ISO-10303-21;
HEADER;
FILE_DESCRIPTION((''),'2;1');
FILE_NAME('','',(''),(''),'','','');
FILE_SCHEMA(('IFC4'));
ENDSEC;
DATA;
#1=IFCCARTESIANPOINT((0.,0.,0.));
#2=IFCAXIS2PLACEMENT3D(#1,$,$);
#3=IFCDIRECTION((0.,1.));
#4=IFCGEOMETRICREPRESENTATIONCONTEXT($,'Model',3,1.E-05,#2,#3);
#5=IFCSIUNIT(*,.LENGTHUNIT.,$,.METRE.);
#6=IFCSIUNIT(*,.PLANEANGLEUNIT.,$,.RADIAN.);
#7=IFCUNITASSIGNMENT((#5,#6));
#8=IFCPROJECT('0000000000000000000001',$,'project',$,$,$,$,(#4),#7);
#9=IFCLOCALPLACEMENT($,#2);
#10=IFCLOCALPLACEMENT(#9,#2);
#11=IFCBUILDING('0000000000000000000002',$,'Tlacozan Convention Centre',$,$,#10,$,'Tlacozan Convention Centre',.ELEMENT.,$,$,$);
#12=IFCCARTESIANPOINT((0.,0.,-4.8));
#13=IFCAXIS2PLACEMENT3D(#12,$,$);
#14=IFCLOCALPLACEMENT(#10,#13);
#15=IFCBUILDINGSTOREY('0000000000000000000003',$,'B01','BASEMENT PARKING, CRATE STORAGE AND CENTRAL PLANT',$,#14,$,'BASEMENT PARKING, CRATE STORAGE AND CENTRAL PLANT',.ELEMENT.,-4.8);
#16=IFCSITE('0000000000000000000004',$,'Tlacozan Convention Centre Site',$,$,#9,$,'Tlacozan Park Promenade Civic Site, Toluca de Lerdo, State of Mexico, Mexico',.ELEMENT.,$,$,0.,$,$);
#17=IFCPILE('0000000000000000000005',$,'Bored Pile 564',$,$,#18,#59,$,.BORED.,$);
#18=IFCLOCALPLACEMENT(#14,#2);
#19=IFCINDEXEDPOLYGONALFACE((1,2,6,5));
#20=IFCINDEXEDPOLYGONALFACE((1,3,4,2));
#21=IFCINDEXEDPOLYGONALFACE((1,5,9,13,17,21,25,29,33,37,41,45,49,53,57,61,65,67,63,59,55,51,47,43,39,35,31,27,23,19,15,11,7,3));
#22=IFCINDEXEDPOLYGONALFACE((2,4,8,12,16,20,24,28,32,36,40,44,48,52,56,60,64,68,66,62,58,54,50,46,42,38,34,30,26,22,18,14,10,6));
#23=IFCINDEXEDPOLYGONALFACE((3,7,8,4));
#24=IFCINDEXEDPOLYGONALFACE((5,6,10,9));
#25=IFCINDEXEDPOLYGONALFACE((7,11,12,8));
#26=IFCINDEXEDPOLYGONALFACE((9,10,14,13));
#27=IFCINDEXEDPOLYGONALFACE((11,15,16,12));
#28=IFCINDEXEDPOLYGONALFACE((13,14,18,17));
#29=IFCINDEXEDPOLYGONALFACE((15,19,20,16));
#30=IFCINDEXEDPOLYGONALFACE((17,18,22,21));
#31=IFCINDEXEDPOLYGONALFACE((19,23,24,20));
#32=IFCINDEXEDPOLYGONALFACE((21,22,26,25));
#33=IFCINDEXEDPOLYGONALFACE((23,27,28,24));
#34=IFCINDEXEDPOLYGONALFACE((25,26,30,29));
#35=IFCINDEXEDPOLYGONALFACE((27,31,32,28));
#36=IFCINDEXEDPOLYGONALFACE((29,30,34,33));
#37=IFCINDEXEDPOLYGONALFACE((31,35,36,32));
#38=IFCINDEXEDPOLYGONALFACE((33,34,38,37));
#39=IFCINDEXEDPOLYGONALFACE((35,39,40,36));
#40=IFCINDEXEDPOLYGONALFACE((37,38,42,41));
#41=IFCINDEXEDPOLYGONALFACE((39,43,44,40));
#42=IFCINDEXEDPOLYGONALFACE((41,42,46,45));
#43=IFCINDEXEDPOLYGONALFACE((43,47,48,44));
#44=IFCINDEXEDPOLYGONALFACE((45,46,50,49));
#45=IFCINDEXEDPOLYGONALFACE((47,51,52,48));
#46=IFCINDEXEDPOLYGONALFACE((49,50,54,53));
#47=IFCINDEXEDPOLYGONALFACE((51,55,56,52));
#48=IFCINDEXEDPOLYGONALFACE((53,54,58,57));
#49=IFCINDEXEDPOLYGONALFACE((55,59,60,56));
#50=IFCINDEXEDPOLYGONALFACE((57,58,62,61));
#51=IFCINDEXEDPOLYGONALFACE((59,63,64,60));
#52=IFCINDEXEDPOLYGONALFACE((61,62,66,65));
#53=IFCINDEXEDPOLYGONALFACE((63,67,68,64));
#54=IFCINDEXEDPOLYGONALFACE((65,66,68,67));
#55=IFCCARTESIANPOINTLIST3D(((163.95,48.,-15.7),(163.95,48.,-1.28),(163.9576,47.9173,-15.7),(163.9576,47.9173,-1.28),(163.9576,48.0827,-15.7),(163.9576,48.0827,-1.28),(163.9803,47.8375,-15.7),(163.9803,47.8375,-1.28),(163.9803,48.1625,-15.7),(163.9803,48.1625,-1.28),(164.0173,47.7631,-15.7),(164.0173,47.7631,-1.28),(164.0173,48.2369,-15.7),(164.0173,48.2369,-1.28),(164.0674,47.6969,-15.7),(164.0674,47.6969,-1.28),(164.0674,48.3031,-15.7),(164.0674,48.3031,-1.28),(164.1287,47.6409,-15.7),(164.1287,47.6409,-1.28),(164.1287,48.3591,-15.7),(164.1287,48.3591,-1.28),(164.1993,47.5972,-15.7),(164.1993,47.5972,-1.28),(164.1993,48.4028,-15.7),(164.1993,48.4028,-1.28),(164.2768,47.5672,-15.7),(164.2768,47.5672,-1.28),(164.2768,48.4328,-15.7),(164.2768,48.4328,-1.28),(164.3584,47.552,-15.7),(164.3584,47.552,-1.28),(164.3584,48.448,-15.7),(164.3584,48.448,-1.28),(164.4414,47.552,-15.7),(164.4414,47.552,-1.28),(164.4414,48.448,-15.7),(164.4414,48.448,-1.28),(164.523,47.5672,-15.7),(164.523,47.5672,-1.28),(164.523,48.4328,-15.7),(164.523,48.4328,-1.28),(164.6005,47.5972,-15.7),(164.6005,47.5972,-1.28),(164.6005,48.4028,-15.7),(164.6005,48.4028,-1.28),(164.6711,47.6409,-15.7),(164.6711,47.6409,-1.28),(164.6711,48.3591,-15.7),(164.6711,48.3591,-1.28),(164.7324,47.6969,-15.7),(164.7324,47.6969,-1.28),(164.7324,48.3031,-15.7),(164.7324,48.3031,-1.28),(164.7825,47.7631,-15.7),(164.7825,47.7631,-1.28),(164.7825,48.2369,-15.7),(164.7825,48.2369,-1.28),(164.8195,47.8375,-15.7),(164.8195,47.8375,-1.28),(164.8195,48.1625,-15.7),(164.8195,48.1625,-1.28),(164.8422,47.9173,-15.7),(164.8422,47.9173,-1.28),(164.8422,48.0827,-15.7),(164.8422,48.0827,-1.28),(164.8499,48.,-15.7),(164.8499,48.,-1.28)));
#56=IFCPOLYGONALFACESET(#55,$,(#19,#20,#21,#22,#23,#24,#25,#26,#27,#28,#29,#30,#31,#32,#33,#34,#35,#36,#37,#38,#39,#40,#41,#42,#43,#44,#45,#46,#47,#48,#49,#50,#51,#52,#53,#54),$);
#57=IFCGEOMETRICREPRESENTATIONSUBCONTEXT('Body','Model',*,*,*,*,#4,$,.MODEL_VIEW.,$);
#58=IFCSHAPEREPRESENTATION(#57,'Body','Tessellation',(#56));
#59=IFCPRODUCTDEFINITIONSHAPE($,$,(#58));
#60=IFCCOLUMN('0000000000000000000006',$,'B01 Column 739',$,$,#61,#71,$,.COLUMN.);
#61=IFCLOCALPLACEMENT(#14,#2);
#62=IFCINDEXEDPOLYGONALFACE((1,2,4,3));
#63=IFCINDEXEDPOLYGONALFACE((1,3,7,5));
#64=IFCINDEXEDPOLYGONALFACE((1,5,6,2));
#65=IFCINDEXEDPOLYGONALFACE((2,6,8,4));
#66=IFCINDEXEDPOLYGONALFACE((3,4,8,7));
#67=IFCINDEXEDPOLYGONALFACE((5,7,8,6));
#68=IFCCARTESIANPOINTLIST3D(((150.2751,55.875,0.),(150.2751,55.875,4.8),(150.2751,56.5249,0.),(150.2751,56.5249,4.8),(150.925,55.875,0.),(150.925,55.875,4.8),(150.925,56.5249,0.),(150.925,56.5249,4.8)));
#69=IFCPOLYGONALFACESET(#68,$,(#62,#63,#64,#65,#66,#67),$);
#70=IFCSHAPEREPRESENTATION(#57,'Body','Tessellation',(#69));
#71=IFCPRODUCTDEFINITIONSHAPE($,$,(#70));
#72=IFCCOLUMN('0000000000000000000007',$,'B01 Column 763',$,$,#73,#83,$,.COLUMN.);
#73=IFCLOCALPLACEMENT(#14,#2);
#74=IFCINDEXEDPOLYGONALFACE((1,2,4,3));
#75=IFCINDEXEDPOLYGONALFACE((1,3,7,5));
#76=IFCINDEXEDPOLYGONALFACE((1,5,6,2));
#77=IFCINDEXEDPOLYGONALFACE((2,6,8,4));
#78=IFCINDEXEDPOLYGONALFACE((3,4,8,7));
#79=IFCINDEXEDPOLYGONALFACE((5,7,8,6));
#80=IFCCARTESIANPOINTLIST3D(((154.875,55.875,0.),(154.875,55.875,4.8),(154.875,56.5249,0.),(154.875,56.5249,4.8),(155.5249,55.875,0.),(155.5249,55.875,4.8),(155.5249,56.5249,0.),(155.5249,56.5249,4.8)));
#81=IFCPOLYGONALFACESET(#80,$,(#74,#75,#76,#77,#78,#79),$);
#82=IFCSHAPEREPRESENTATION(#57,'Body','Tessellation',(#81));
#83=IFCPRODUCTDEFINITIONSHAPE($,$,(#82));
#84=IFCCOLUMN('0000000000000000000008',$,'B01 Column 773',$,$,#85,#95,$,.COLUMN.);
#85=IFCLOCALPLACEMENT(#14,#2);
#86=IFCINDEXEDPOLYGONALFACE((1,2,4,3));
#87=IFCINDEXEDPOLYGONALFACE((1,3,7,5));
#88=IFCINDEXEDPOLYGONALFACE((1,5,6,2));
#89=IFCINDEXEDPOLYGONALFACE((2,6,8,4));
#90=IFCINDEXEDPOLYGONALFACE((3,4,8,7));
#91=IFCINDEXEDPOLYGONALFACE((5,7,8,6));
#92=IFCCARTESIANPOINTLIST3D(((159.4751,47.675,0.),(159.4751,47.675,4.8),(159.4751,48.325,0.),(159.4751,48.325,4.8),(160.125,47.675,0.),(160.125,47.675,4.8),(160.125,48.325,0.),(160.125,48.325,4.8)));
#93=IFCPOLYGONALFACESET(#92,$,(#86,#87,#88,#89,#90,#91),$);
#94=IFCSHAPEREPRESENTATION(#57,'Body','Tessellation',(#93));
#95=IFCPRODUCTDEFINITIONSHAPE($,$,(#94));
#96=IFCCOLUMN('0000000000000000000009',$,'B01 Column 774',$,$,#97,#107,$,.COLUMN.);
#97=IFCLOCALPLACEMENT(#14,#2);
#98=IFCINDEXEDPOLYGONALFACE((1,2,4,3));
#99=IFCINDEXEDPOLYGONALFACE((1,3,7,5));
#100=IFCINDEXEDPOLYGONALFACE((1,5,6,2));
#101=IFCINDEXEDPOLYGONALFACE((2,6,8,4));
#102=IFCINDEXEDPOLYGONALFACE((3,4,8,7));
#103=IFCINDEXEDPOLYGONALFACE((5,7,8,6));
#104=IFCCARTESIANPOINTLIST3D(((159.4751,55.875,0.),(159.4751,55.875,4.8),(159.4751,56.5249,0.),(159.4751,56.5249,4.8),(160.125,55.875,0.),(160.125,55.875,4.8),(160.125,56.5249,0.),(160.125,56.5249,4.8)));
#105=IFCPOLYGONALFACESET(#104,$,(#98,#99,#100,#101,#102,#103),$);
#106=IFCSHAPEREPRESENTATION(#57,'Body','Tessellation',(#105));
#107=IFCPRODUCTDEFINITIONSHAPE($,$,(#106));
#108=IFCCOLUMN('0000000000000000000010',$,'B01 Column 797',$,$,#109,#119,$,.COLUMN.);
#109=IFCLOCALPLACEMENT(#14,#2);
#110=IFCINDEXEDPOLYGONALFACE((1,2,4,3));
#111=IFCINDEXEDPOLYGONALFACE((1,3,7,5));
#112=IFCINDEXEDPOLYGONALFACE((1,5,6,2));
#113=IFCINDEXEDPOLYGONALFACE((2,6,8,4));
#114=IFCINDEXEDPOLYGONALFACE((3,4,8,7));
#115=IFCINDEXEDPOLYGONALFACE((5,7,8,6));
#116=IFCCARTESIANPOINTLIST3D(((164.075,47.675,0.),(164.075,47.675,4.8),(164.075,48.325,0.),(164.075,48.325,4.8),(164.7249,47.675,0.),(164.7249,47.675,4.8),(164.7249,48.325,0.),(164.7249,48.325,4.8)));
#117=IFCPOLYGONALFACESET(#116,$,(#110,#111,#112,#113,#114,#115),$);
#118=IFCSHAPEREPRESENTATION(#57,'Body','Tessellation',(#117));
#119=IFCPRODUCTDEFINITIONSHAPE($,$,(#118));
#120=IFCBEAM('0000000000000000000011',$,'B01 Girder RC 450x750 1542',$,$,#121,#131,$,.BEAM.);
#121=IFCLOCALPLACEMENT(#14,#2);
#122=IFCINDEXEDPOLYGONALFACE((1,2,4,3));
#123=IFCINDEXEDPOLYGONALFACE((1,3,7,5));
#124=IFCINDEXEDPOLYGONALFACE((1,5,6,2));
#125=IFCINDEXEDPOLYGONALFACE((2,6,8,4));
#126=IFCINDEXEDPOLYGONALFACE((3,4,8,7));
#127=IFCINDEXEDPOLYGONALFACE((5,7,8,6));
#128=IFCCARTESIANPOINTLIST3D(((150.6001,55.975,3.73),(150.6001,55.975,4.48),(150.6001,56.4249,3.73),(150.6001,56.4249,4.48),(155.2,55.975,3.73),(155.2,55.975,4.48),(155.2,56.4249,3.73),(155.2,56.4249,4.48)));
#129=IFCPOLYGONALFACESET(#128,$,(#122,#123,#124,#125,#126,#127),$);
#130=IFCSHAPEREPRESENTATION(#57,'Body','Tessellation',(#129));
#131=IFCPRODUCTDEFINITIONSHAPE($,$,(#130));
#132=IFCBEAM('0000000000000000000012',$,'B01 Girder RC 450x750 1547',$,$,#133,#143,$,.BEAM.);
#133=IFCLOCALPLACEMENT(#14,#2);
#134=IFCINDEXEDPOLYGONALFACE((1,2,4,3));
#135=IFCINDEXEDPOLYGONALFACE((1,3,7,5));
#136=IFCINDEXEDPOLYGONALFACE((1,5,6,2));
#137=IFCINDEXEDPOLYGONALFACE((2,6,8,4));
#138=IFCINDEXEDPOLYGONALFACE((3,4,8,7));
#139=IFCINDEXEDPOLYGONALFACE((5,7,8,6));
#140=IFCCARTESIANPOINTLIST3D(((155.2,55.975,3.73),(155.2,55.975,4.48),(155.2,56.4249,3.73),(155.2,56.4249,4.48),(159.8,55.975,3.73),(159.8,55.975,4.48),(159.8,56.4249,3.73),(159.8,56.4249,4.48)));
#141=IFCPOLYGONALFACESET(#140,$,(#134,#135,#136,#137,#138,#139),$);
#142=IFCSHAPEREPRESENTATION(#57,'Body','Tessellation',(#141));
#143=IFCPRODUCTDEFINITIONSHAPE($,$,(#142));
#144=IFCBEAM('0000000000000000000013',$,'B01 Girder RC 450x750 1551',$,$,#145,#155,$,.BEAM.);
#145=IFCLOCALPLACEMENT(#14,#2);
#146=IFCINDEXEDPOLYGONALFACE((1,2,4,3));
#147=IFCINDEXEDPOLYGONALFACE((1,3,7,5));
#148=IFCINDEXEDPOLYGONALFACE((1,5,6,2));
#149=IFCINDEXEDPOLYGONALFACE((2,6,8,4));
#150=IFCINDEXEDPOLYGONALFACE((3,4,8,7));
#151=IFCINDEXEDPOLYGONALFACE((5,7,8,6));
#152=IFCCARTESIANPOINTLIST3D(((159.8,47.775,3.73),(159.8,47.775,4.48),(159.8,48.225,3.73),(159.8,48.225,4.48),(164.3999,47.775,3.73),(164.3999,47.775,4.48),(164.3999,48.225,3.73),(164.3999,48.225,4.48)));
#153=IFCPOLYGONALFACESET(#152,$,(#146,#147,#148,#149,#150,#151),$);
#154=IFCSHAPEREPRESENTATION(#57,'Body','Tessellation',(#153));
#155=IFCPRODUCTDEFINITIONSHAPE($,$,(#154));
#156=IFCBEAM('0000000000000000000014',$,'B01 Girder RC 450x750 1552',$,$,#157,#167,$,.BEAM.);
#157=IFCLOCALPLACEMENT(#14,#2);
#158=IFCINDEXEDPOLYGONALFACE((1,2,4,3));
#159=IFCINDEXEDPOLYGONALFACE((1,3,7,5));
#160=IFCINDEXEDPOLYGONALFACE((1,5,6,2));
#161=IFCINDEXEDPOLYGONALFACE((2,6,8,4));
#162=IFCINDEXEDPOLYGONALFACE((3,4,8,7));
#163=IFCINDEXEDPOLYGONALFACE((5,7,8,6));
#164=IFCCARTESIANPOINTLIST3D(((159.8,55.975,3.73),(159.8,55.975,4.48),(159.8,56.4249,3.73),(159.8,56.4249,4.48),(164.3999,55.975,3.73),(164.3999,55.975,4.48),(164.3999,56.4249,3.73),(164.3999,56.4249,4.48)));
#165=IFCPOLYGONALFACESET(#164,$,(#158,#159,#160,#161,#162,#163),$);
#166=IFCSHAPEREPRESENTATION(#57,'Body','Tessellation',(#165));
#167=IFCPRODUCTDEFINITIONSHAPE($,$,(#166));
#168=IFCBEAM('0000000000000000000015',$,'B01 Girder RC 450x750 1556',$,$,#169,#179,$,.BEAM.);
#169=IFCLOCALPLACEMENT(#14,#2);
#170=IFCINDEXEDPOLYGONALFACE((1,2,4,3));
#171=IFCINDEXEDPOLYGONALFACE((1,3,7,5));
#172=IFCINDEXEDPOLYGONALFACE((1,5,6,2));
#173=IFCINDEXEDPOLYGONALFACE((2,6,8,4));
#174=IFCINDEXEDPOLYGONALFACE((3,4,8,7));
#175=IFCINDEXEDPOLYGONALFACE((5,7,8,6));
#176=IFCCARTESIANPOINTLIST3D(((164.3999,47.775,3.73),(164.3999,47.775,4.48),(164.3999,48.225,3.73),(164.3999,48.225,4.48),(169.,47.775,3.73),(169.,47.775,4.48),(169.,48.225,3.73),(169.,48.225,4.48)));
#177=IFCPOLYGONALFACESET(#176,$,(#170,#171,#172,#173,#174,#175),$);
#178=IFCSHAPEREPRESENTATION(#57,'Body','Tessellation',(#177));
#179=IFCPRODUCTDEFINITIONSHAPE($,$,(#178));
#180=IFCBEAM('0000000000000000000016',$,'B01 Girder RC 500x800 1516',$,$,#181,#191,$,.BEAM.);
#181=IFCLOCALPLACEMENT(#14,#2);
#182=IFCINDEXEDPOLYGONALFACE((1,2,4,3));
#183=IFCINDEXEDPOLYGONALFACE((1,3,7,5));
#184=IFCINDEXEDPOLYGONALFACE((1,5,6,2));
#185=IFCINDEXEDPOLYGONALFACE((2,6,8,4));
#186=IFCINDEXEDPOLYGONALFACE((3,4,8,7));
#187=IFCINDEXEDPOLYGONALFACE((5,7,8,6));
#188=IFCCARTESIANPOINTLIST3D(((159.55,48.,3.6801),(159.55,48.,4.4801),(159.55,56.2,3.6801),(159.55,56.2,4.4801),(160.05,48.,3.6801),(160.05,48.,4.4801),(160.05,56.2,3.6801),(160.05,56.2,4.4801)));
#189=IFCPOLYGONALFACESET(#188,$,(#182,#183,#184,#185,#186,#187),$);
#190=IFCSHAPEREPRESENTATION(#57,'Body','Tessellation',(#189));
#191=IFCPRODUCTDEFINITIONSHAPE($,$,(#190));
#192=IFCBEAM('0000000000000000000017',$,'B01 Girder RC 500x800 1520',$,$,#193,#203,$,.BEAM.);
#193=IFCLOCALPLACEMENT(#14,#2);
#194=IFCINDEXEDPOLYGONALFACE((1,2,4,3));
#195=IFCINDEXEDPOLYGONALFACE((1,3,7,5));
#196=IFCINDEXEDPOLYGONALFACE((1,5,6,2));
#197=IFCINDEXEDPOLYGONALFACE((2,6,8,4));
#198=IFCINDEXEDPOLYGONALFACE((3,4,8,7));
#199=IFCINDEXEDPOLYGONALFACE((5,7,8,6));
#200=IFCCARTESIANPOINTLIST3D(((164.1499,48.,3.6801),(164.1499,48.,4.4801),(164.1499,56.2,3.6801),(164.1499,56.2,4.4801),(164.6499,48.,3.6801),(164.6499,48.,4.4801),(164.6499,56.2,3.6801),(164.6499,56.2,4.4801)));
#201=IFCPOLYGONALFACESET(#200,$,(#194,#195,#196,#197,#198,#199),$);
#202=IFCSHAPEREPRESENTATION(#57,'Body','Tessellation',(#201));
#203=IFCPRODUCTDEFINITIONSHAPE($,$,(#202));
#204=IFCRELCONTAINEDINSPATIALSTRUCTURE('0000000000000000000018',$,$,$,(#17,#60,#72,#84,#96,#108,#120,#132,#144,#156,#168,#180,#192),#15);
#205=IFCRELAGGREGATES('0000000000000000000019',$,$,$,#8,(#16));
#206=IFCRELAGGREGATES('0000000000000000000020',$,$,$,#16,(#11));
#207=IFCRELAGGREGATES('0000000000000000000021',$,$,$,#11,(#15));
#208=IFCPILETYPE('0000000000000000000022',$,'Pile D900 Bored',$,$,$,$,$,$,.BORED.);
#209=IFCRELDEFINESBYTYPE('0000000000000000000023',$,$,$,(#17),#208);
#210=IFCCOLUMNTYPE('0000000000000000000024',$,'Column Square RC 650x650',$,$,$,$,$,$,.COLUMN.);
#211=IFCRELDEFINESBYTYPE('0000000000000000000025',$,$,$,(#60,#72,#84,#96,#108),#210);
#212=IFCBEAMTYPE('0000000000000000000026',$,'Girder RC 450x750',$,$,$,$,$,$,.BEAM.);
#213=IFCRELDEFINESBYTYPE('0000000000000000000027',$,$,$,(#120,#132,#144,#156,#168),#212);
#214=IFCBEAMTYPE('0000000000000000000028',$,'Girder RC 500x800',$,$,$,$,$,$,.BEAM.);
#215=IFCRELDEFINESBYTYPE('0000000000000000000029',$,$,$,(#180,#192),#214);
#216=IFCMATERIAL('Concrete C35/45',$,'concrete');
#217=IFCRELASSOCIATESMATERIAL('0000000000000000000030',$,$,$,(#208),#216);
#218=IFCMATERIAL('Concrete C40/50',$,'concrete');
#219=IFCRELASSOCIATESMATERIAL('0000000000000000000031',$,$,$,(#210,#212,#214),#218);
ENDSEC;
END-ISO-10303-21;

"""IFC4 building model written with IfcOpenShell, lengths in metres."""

from ifc_helpers import new_model, si_unit, direction, frame, origin, origin_2d, place, context, subcontext, project, spatial, rectangle, circle, extrude, material, material_profile, profile_set, type_object, element, save


model = new_model("IFC4")

# Units and contexts
model_context = context("Model", 3, precision=1e-05, world=origin(), true_north=direction((0.0, 1.0)))
body_context = subcontext(model_context, "Body", "Model", "MODEL_VIEW")
ifc_project = project(units=[si_unit("LENGTHUNIT", "METRE"), si_unit("PLANEANGLEUNIT", "RADIAN")], contexts=[model_context])

# Site, building, storey
site_placement = place(None, origin())
site = spatial("IfcSite", under=ifc_project, at=site_placement, Name="Tlacozan Convention Centre Site", LongName="Tlacozan Park Promenade Civic Site, Toluca de Lerdo, State of Mexico, Mexico", CompositionType="ELEMENT", RefElevation=0.0)
building_placement = place(site_placement, origin())
building = spatial("IfcBuilding", under=site, at=building_placement, Name="Tlacozan Convention Centre", LongName="Tlacozan Convention Centre", CompositionType="ELEMENT")
storey_placement = place(building_placement, frame((0.0, 0.0, -4.8)))
storey = spatial("IfcBuildingStorey", under=building, at=storey_placement, Name="B01", Description="BASEMENT PARKING, CRATE STORAGE AND CENTRAL PLANT", LongName="BASEMENT PARKING, CRATE STORAGE AND CENTRAL PLANT", CompositionType="ELEMENT", Elevation=-4.8)

# Shared definitions
ifc_material_1 = material(Name="Concrete C35/45", Category="concrete")

# Pile
ifc_material_profile_1 = material_profile(ifc_material_1, circle(Radius=0.45, at=origin_2d()), Name="PILE D900")
ifc_profile_set_1 = profile_set([ifc_material_profile_1], Name="Concrete C35/45")
pile_type_1 = type_object("IfcPileType", Name="Pile D900 Bored", PredefinedType="BORED", material=ifc_profile_set_1)
for number, where, z_axis, x_axis, name in (
    (1, (164.3999, 48.0, -1.28), (0.0, 0.0, -1.0), (1.0, 0.0, 0.0), "Bored Pile 564"),
):
    element("IfcPile", number, at=place(storey_placement, frame(where, z_axis=z_axis, x_axis=x_axis)), inside=storey, type_object=pile_type_1, Name=name, PredefinedType="BORED", context=body_context, shape_type="SweptSolid", body=[
        extrude(circle(Radius=0.45, at=origin_2d()), origin(), (0.0, 0.0, 1.0), 14.4199),
    ])

# Columns
ifc_material_2 = material(Name="Concrete C40/50", Category="concrete")
ifc_material_profile_2 = material_profile(ifc_material_2, rectangle(XDim=0.6499, YDim=0.6499, at=origin_2d()), Name="RC 650x650")
ifc_profile_set_2 = profile_set([ifc_material_profile_2], Name="Concrete C40/50")
column_type = type_object("IfcColumnType", Name="Column Square RC 650x650", PredefinedType="COLUMN", material=ifc_profile_set_2)
for number, where, z_axis, x_axis, name in (
    (2, (150.6001, 56.2, 0.0), (0.0, 0.0, 1.0), (1.0, 0.0, 0.0), "B01 Column 739"),
    (3, (155.2, 56.2, 0.0), (0.0, 0.0, 1.0), (1.0, 0.0, 0.0), "B01 Column 763"),
    (4, (159.8, 48.0, 0.0), (0.0, 0.0, 1.0), (1.0, 0.0, 0.0), "B01 Column 773"),
    (5, (159.8, 56.2, 0.0), (0.0, 0.0, 1.0), (1.0, 0.0, 0.0), "B01 Column 774"),
    (6, (164.3999, 48.0, 0.0), (0.0, 0.0, 1.0), (1.0, 0.0, 0.0), "B01 Column 797"),
):
    element("IfcColumn", number, at=place(storey_placement, frame(where, z_axis=z_axis, x_axis=x_axis)), inside=storey, type_object=column_type, Name=name, PredefinedType="COLUMN", context=body_context, shape_type="SweptSolid", body=[
        extrude(rectangle(XDim=0.6499, YDim=0.6499, at=origin_2d()), origin(), (0.0, 0.0, 1.0), 4.8),
    ])

# Beams
ifc_material_profile_3 = material_profile(ifc_material_2, rectangle(XDim=0.45, YDim=0.75, at=origin_2d()), Name="RC 450x750")
ifc_profile_set_3 = profile_set([ifc_material_profile_3], Name="Concrete C40/50")
beam_type_1 = type_object("IfcBeamType", Name="Girder RC 450x750", PredefinedType="BEAM", material=ifc_profile_set_3)
beam_1_placement = place(storey_placement, frame((150.6001, 56.2, 4.105), z_axis=(1.0, 0.0, 0.0), x_axis=(0.0, 1.0, 0.0)))
element("IfcBeam", 7, at=beam_1_placement, inside=storey, type_object=beam_type_1, Name="B01 Girder RC 450x750 1542", PredefinedType="BEAM", context=body_context, shape_type="SweptSolid", body=[
    extrude(rectangle(XDim=0.45, YDim=0.75, at=origin_2d()), origin(), (0.0, 0.0, 1.0), 4.5999),
])
beam_2_placement = place(storey_placement, frame((155.2, 56.2, 4.105), z_axis=(1.0, 0.0, 0.0), x_axis=(0.0, 1.0, 0.0)))
element("IfcBeam", 8, at=beam_2_placement, inside=storey, type_object=beam_type_1, Name="B01 Girder RC 450x750 1547", PredefinedType="BEAM", context=body_context, shape_type="SweptSolid", body=[
    extrude(rectangle(XDim=0.45, YDim=0.75, at=origin_2d()), origin(), (0.0, 0.0, 1.0), 4.6001),
])
for number, where, z_axis, x_axis, name in (
    (9, (159.8, 48.0, 4.105), (1.0, 0.0, 0.0), (0.0, 1.0, 0.0), "B01 Girder RC 450x750 1551"),
    (10, (159.8, 56.2, 4.105), (1.0, 0.0, 0.0), (0.0, 1.0, 0.0), "B01 Girder RC 450x750 1552"),
):
    element("IfcBeam", number, at=place(storey_placement, frame(where, z_axis=z_axis, x_axis=x_axis)), inside=storey, type_object=beam_type_1, Name=name, PredefinedType="BEAM", context=body_context, shape_type="SweptSolid", body=[
        extrude(rectangle(XDim=0.45, YDim=0.75, at=origin_2d()), origin(), (0.0, 0.0, 1.0), 4.5999),
    ])
beam_3_placement = place(storey_placement, frame((164.3999, 48.0, 4.105), z_axis=(1.0, 0.0, 0.0), x_axis=(0.0, 1.0, 0.0)))
element("IfcBeam", 11, at=beam_3_placement, inside=storey, type_object=beam_type_1, Name="B01 Girder RC 450x750 1556", PredefinedType="BEAM", context=body_context, shape_type="SweptSolid", body=[
    extrude(rectangle(XDim=0.45, YDim=0.75, at=origin_2d()), origin(), (0.0, 0.0, 1.0), 4.6001),
])
ifc_material_profile_4 = material_profile(ifc_material_2, rectangle(XDim=0.5, YDim=0.8, at=origin_2d()), Name="RC 500x800")
ifc_profile_set_4 = profile_set([ifc_material_profile_4], Name="Concrete C40/50")
beam_type_2 = type_object("IfcBeamType", Name="Girder RC 500x800", PredefinedType="BEAM", material=ifc_profile_set_4)
for number, where, z_axis, x_axis, name in (
    (12, (159.8, 48.0, 4.0801), (0.0, 1.0, 0.0), (-1.0, 0.0, 0.0), "B01 Girder RC 500x800 1516"),
    (13, (164.3999, 48.0, 4.0801), (0.0, 1.0, 0.0), (-1.0, 0.0, 0.0), "B01 Girder RC 500x800 1520"),
):
    element("IfcBeam", number, at=place(storey_placement, frame(where, z_axis=z_axis, x_axis=x_axis)), inside=storey, type_object=beam_type_2, Name=name, PredefinedType="BEAM", context=body_context, shape_type="SweptSolid", body=[
        extrude(rectangle(XDim=0.5, YDim=0.8, at=origin_2d()), origin(), (0.0, 0.0, 1.0), 8.2),
    ])

save(model, "model.ifc")
